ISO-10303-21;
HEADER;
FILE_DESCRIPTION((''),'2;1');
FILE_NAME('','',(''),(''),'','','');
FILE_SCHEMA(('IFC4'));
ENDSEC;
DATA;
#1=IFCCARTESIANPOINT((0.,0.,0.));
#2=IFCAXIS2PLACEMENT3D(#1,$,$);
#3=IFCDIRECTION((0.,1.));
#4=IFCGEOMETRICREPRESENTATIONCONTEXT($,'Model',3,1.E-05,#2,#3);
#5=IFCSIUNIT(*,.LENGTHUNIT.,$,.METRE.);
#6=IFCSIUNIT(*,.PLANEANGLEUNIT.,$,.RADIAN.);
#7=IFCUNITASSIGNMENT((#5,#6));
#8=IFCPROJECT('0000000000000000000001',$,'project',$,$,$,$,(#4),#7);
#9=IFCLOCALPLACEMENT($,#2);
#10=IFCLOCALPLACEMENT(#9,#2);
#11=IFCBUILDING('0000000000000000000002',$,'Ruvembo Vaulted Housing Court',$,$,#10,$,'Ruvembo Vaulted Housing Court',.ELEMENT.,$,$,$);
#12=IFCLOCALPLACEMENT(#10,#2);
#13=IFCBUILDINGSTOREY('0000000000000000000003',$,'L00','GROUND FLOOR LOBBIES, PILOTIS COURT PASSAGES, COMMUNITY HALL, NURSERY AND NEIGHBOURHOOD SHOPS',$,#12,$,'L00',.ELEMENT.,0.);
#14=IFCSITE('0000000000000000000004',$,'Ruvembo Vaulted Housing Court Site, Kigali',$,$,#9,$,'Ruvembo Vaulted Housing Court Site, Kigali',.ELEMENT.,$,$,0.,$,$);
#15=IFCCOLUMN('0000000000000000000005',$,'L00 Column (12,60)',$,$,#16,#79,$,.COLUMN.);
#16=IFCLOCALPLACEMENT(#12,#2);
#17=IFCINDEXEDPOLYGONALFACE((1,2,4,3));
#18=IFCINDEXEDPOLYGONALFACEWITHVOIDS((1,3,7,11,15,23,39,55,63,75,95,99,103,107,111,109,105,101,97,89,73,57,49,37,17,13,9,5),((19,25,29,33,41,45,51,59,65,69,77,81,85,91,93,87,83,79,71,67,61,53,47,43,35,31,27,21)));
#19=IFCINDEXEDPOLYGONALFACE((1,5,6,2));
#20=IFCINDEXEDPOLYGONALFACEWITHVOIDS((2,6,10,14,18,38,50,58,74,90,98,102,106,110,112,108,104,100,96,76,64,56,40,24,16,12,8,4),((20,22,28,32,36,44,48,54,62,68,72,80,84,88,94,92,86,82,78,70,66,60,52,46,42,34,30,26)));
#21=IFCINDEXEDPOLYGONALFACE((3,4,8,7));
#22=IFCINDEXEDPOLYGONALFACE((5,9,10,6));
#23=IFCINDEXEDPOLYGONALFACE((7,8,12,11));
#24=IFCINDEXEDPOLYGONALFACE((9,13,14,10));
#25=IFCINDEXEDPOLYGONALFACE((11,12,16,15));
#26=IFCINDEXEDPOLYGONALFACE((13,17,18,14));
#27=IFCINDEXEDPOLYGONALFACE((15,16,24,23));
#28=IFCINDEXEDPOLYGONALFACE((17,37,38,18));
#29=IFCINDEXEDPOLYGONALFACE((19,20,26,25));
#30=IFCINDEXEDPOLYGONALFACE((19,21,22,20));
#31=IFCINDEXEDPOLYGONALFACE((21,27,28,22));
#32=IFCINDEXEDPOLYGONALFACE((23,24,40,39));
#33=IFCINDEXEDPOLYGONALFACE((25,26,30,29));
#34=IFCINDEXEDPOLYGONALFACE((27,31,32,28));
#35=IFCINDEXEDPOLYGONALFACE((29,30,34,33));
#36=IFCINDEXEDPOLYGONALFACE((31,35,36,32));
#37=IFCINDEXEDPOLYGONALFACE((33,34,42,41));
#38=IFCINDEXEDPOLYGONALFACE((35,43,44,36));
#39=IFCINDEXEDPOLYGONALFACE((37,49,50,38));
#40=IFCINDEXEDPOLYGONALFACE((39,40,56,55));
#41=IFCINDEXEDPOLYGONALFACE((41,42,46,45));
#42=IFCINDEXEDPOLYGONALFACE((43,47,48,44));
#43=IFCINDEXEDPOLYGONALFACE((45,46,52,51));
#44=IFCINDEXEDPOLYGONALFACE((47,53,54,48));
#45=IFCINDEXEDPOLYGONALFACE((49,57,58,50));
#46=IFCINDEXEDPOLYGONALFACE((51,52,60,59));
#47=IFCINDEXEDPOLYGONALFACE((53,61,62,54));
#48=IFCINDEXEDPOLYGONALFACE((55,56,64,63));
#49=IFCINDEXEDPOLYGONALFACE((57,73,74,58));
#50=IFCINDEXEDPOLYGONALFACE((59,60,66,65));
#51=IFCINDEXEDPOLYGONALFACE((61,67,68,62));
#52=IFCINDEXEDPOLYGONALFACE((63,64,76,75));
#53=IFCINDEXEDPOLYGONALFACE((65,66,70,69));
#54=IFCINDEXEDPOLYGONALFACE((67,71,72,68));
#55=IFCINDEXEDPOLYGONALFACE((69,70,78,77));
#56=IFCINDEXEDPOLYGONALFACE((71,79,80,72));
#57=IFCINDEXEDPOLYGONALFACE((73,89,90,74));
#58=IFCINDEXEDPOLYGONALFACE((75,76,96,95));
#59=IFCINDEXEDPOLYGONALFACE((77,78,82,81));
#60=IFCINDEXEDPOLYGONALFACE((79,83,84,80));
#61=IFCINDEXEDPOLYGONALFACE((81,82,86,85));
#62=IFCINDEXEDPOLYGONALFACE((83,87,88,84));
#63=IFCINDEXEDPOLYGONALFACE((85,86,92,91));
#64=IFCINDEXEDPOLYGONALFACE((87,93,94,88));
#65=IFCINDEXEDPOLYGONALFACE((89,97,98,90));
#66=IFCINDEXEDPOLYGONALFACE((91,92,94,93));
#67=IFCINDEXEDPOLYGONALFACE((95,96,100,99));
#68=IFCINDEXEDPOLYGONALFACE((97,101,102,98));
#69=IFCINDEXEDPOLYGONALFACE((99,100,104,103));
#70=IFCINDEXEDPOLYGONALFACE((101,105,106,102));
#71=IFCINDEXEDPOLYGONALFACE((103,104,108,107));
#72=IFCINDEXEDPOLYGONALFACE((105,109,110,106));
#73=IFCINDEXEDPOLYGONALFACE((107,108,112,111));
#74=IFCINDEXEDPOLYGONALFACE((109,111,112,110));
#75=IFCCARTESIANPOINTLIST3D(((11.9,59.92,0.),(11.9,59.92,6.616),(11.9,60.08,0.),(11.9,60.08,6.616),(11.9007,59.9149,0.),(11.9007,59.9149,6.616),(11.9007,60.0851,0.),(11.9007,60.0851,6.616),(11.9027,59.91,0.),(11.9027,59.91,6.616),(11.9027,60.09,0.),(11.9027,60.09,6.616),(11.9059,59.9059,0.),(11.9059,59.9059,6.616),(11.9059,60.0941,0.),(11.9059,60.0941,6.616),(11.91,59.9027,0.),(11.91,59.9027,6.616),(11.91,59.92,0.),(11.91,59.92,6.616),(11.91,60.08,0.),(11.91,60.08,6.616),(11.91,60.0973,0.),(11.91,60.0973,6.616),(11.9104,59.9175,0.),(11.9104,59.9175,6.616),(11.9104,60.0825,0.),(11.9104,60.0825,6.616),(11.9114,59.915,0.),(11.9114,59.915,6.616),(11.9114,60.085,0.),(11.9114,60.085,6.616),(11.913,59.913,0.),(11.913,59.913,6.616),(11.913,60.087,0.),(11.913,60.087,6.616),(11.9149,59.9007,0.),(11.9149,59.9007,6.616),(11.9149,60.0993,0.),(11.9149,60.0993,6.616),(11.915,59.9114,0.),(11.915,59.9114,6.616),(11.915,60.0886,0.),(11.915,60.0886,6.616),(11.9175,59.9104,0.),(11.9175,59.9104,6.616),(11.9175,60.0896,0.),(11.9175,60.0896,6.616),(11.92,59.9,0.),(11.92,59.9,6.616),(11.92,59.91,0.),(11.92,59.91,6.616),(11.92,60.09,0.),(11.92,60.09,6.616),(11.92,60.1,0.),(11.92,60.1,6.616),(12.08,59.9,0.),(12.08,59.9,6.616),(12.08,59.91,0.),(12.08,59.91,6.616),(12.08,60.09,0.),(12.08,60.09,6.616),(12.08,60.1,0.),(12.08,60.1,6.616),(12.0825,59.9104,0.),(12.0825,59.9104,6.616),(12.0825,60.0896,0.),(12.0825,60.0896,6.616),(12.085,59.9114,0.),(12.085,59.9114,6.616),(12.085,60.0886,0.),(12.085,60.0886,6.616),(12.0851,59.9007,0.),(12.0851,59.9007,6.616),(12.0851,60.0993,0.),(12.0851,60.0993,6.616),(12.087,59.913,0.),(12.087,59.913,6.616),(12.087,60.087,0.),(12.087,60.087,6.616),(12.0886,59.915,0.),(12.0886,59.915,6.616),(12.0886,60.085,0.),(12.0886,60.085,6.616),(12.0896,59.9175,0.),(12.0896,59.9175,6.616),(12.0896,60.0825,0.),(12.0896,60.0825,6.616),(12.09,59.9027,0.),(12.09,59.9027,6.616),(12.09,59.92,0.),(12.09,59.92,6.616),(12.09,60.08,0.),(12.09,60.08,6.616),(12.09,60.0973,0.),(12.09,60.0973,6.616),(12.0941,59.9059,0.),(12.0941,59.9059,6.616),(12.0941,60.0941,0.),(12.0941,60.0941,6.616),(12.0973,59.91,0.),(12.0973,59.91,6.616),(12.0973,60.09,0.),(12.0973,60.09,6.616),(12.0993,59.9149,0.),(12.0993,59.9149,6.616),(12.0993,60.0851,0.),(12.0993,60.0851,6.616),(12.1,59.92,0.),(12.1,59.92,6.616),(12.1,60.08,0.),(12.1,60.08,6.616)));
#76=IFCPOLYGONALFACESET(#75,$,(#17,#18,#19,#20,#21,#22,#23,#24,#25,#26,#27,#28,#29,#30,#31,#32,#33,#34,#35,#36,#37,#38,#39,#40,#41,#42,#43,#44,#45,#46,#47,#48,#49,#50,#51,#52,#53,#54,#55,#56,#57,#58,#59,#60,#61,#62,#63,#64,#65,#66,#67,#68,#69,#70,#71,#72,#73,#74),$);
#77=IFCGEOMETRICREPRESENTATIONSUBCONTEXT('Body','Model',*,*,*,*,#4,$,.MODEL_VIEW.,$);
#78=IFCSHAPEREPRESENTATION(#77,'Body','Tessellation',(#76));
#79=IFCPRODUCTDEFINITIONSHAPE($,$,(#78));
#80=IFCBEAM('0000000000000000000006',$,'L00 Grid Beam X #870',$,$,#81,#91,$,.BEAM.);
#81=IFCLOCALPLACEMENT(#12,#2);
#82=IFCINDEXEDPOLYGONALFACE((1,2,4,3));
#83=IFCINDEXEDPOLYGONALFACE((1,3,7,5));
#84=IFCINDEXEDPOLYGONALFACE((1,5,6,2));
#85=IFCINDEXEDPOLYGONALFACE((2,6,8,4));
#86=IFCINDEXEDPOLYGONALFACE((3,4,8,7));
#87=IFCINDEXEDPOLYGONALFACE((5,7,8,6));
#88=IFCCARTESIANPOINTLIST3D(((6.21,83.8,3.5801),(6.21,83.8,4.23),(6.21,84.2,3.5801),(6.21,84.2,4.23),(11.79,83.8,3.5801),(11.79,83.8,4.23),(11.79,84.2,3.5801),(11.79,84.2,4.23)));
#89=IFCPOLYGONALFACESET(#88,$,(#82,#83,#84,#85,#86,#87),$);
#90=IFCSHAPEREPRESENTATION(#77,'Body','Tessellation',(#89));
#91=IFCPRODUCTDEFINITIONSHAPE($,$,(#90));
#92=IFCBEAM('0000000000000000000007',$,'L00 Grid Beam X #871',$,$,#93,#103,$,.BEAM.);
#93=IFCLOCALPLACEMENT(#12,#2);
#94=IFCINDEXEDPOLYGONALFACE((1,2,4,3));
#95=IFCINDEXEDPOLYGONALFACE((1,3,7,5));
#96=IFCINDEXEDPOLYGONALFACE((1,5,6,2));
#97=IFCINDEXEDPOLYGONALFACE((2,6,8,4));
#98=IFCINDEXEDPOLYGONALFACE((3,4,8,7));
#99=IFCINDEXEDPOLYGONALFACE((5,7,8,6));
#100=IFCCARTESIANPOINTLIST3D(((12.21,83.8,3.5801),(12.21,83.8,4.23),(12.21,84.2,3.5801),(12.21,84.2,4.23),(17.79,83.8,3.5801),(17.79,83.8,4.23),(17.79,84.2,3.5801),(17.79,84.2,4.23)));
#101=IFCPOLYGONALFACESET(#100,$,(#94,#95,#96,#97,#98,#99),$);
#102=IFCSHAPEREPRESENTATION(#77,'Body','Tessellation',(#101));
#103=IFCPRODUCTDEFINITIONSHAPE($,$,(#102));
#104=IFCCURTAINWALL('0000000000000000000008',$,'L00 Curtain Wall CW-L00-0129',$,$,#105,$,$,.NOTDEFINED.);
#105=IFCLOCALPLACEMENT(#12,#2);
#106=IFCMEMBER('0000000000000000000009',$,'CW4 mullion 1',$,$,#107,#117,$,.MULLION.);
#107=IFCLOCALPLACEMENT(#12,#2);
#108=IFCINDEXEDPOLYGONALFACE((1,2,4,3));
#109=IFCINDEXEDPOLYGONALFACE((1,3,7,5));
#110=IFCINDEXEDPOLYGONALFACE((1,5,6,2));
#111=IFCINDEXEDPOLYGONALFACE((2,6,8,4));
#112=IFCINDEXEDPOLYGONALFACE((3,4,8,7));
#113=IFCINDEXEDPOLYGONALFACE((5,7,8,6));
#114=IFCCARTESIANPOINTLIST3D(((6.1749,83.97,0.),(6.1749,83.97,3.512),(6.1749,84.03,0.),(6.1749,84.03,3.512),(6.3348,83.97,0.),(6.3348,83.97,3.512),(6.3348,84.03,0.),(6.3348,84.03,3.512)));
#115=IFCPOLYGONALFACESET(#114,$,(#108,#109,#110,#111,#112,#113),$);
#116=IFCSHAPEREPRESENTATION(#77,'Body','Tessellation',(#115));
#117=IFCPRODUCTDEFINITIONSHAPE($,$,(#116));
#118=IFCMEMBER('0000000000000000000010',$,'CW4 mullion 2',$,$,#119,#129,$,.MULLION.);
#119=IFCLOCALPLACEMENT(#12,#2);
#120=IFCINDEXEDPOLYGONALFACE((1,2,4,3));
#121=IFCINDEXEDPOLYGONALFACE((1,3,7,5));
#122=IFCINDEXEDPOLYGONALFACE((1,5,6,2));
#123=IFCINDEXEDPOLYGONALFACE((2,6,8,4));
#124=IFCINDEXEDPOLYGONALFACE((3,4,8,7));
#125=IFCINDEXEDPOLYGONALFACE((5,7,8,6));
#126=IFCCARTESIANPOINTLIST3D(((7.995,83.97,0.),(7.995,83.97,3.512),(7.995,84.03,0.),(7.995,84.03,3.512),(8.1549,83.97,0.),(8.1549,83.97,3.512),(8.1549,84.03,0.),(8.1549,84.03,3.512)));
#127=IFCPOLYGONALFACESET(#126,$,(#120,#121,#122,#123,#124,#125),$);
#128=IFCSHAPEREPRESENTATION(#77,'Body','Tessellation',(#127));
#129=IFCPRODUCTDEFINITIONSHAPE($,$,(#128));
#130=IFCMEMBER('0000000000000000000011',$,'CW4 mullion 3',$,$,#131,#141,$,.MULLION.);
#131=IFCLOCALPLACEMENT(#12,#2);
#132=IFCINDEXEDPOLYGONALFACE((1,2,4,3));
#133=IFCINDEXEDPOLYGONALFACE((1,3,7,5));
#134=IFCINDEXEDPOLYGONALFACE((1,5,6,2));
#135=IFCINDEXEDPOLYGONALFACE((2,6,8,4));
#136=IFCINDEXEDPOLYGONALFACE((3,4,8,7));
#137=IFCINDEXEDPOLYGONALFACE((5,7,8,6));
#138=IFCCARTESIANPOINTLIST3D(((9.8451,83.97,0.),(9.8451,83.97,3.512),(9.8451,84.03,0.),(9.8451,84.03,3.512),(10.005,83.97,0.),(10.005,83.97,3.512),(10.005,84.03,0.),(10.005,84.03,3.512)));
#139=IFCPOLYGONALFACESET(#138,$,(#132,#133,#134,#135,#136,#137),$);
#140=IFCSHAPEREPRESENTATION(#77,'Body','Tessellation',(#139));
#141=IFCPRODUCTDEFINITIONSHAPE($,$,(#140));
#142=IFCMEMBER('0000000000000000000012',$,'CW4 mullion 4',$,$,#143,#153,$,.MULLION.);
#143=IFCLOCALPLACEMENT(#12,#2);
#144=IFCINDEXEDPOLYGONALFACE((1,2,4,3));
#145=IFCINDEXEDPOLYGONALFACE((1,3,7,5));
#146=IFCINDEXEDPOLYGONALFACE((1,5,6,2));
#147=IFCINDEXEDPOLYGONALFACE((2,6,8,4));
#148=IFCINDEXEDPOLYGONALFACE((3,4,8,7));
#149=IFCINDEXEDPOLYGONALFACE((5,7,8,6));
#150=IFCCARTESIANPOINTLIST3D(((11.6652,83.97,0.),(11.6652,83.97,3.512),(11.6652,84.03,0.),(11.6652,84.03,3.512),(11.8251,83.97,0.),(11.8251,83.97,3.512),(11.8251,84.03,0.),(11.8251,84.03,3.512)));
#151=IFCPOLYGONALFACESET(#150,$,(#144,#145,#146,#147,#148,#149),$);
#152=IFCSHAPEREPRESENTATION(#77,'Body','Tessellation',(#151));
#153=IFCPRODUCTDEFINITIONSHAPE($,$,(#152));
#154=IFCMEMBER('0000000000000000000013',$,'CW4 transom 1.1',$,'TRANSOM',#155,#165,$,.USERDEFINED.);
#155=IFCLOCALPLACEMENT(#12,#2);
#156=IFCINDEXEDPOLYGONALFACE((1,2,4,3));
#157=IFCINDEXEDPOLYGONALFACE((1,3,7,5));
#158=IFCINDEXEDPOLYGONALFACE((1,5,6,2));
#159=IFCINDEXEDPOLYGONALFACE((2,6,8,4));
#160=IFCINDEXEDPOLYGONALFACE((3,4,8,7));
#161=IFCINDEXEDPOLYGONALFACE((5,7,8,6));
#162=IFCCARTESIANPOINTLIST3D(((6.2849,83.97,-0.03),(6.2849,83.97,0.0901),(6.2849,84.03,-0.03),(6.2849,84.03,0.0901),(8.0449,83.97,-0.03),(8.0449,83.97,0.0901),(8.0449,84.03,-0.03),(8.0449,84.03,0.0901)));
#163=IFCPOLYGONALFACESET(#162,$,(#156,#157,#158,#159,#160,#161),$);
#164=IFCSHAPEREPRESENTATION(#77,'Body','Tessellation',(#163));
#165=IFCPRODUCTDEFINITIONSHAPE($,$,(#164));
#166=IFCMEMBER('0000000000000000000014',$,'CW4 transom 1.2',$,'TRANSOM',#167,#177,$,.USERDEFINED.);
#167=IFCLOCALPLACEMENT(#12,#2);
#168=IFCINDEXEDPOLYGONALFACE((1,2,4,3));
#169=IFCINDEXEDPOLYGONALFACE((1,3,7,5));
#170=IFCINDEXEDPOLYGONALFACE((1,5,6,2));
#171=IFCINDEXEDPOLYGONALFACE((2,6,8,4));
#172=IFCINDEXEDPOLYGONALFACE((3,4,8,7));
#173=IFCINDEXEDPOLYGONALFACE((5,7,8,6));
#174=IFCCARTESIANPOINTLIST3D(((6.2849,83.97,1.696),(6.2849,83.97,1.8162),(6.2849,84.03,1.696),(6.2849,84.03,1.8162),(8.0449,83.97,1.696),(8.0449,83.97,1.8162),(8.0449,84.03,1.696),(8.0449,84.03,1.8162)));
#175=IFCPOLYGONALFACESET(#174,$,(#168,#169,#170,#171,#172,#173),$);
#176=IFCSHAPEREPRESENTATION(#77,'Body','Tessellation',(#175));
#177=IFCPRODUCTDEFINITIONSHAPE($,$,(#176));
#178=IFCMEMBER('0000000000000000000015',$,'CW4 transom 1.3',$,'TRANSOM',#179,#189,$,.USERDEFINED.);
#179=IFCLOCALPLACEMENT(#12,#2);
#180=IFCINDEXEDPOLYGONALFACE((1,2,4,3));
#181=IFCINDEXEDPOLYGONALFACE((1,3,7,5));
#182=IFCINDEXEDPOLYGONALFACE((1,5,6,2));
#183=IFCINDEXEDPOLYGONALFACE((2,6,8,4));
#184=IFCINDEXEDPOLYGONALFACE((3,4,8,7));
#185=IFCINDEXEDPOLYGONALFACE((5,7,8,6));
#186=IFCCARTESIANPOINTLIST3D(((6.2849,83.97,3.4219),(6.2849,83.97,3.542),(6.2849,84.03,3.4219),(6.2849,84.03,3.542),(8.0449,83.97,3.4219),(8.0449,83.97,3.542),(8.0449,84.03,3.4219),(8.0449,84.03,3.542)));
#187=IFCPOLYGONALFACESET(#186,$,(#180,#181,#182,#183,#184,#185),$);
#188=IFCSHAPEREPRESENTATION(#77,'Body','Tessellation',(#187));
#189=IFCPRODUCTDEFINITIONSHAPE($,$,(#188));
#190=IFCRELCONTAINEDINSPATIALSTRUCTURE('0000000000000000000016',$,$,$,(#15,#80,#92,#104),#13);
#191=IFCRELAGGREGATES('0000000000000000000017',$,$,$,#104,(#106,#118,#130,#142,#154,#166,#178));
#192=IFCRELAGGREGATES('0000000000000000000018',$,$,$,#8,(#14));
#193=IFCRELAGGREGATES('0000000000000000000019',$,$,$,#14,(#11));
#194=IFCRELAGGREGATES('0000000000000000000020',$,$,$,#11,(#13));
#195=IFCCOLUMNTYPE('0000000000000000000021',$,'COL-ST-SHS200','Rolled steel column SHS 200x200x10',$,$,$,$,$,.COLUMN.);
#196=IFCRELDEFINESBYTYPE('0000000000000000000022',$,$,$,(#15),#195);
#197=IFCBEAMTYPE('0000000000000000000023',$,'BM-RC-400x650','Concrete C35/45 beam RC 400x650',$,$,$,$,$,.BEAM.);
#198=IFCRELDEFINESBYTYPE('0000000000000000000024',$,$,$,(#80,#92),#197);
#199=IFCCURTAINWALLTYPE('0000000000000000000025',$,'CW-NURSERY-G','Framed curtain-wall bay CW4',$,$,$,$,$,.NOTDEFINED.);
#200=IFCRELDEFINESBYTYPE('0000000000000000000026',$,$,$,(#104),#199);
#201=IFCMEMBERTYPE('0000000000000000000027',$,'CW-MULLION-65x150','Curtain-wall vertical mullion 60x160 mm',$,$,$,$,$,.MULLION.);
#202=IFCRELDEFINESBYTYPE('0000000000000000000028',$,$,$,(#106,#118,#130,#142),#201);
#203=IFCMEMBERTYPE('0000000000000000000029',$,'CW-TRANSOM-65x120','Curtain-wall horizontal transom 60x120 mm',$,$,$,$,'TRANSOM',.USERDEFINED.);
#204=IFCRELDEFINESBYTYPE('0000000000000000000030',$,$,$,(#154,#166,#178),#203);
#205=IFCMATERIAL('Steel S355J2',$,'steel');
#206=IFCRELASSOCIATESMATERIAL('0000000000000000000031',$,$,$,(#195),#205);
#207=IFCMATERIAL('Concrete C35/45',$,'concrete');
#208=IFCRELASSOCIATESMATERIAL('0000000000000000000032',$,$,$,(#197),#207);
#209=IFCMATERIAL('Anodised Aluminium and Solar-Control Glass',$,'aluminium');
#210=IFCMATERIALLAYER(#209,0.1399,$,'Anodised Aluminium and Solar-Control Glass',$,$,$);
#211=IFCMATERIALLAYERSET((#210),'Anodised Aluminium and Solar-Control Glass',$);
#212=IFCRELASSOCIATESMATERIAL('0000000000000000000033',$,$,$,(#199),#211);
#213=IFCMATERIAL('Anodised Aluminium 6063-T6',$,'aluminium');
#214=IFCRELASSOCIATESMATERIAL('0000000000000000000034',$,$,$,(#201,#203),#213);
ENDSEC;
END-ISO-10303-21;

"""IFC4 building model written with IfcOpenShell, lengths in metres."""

from ifc_helpers import new_model, si_unit, direction, frame, origin, origin_2d, place, context, subcontext, project, spatial, rectangle, hollow_rectangle, extrude, material, layer, layer_set, material_profile, profile_set, type_object, element, aggregate, save


model = new_model("IFC4")

# Units and contexts
model_context = context("Model", 3, precision=1e-05, world=origin(), true_north=direction((0.0, 1.0)))
body_context = subcontext(model_context, "Body", "Model", "MODEL_VIEW")
ifc_project = project(units=[si_unit("LENGTHUNIT", "METRE"), si_unit("PLANEANGLEUNIT", "RADIAN")], contexts=[model_context])

# Site, building, storey
site_placement = place(None, origin())
site = spatial("IfcSite", under=ifc_project, at=site_placement, Name="Ruvembo Vaulted Housing Court Site, Kigali", LongName="Ruvembo Vaulted Housing Court Site, Kigali", CompositionType="ELEMENT", RefElevation=0.0)
building_placement = place(site_placement, origin())
building = spatial("IfcBuilding", under=site, at=building_placement, Name="Ruvembo Vaulted Housing Court", LongName="Ruvembo Vaulted Housing Court", CompositionType="ELEMENT")
storey_placement = place(building_placement, origin())
storey = spatial("IfcBuildingStorey", under=building, at=storey_placement, Name="L00", Description="GROUND FLOOR LOBBIES, PILOTIS COURT PASSAGES, COMMUNITY HALL, NURSERY AND NEIGHBOURHOOD SHOPS", LongName="L00", CompositionType="ELEMENT", Elevation=0.0)

# Column
ifc_material_1 = material(Name="Concrete C35/45", Category="concrete")
ifc_material_2 = material(Name="Steel S355J2", Category="steel")
ifc_material_profile_1 = material_profile(ifc_material_2, hollow_rectangle(XDim=0.2, YDim=0.2, WallThickness=0.01, InnerFilletRadius=0.01, OuterFilletRadius=0.02, at=origin_2d()), Name="SHS 200x200x10")
ifc_profile_set_1 = profile_set([ifc_material_profile_1], Name="Steel S355J2")
column_type_1 = type_object("IfcColumnType", Name="COL-ST-SHS200", Description="Rolled steel column SHS 200x200x10", PredefinedType="COLUMN", material=ifc_profile_set_1)
for number, where, z_axis, x_axis, name in (
    (1, (12.0, 60.0, 0.0), (0.0, 0.0, 1.0), (1.0, 0.0, 0.0), "L00 Column (12,60)"),
):
    element("IfcColumn", number, at=place(storey_placement, frame(where, z_axis=z_axis, x_axis=x_axis)), inside=storey, type_object=column_type_1, Name=name, PredefinedType="COLUMN", context=body_context, shape_type="SweptSolid", body=[
        extrude(hollow_rectangle(XDim=0.2, YDim=0.2, WallThickness=0.01, InnerFilletRadius=0.01, OuterFilletRadius=0.02, at=origin_2d()), origin(), (0.0, 0.0, 1.0), 6.616),
    ])

# Beams
ifc_material_profile_2 = material_profile(ifc_material_1, rectangle(XDim=0.3999, YDim=0.6499, at=origin_2d()), Name="RC 400x650")
ifc_profile_set_2 = profile_set([ifc_material_profile_2], Name="Concrete C35/45")
beam_type = type_object("IfcBeamType", Name="BM-RC-400x650", Description="Concrete C35/45 beam RC 400x650", PredefinedType="BEAM", material=ifc_profile_set_2)
for number, where, z_axis, x_axis, name in (
    (2, (6.21, 84.0, 3.905), (1.0, 0.0, 0.0), (0.0, 1.0, 0.0), "L00 Grid Beam X #870"),
    (3, (12.21, 84.0, 3.905), (1.0, 0.0, 0.0), (0.0, 1.0, 0.0), "L00 Grid Beam X #871"),
):
    element("IfcBeam", number, at=place(storey_placement, frame(where, z_axis=z_axis, x_axis=x_axis)), inside=storey, type_object=beam_type, Name=name, PredefinedType="BEAM", context=body_context, shape_type="SweptSolid", body=[
        extrude(rectangle(XDim=0.3999, YDim=0.6499, at=origin_2d()), origin(), (0.0, 0.0, 1.0), 5.5801),
    ])

# Curtain wall, members
ifc_material_3 = material(Name="Anodised Aluminium and Solar-Control Glass", Category="aluminium")
ifc_layer_1 = layer(ifc_material_3, 0.1399, Name="Anodised Aluminium and Solar-Control Glass")
ifc_layer_set_1 = layer_set([ifc_layer_1], Name="Anodised Aluminium and Solar-Control Glass")
curtain_wall_type = type_object("IfcCurtainWallType", Name="CW-NURSERY-G", Description="Framed curtain-wall bay CW4", PredefinedType="NOTDEFINED", material=ifc_layer_set_1)
curtain_wall_placement = place(storey_placement, origin())
curtain_wall = element("IfcCurtainWall", 4, at=curtain_wall_placement, inside=storey, type_object=curtain_wall_type, Name="L00 Curtain Wall CW-L00-0129", PredefinedType="NOTDEFINED")
ifc_material_4 = material(Name="Anodised Aluminium 6063-T6", Category="aluminium")
ifc_material_profile_3 = material_profile(ifc_material_4, rectangle(XDim=0.0601, YDim=0.1599, at=origin_2d()), Name="ALU 60x160")
ifc_profile_set_3 = profile_set([ifc_material_profile_3], Name="Anodised Aluminium 6063-T6")
member_type_1 = type_object("IfcMemberType", Name="CW-MULLION-65x150", Description="Curtain-wall vertical mullion 60x160 mm", PredefinedType="MULLION", material=ifc_profile_set_3)
member_1_placement = place(storey_placement, frame((6.2549, 84.0, 0.0), z_axis=(0.0, 0.0, 1.0), x_axis=(0.0, 1.0, 0.0)))
member_1 = element("IfcMember", 5, at=member_1_placement, type_object=member_type_1, Name="CW4 mullion 1", PredefinedType="MULLION", context=body_context, shape_type="SweptSolid", body=[
    extrude(rectangle(XDim=0.0601, YDim=0.1599, at=origin_2d()), origin(), (0.0, 0.0, 1.0), 3.512),
])
member_2_placement = place(storey_placement, frame((8.075, 84.0, 0.0), z_axis=(0.0, 0.0, 1.0), x_axis=(0.0, 1.0, 0.0)))
member_2 = element("IfcMember", 6, at=member_2_placement, type_object=member_type_1, Name="CW4 mullion 2", PredefinedType="MULLION", context=body_context, shape_type="SweptSolid", body=[
    extrude(rectangle(XDim=0.0601, YDim=0.1599, at=origin_2d()), origin(), (0.0, 0.0, 1.0), 3.512),
])
member_3_placement = place(storey_placement, frame((9.925, 84.0, 0.0), z_axis=(0.0, 0.0, 1.0), x_axis=(0.0, 1.0, 0.0)))
member_3 = element("IfcMember", 7, at=member_3_placement, type_object=member_type_1, Name="CW4 mullion 3", PredefinedType="MULLION", context=body_context, shape_type="SweptSolid", body=[
    extrude(rectangle(XDim=0.0601, YDim=0.1599, at=origin_2d()), origin(), (0.0, 0.0, 1.0), 3.512),
])
member_4_placement = place(storey_placement, frame((11.7451, 84.0, 0.0), z_axis=(0.0, 0.0, 1.0), x_axis=(0.0, 1.0, 0.0)))
member_4 = element("IfcMember", 8, at=member_4_placement, type_object=member_type_1, Name="CW4 mullion 4", PredefinedType="MULLION", context=body_context, shape_type="SweptSolid", body=[
    extrude(rectangle(XDim=0.0601, YDim=0.1599, at=origin_2d()), origin(), (0.0, 0.0, 1.0), 3.512),
])
ifc_material_profile_4 = material_profile(ifc_material_4, rectangle(XDim=0.0601, YDim=0.1201, at=origin_2d()), Name="ALU 60x120")
ifc_profile_set_4 = profile_set([ifc_material_profile_4], Name="Anodised Aluminium 6063-T6")
member_type_2 = type_object("IfcMemberType", Name="CW-TRANSOM-65x120", Description="Curtain-wall horizontal transom 60x120 mm", ElementType="TRANSOM", PredefinedType="USERDEFINED", material=ifc_profile_set_4)
member_5_placement = place(storey_placement, frame((6.2849, 84.0, 0.03), z_axis=(1.0, 0.0, 0.0), x_axis=(0.0, 1.0, 0.0)))
member_5 = element("IfcMember", 9, at=member_5_placement, type_object=member_type_2, Name="CW4 transom 1.1", ObjectType="TRANSOM", PredefinedType="USERDEFINED", context=body_context, shape_type="SweptSolid", body=[
    extrude(rectangle(XDim=0.0601, YDim=0.1201, at=origin_2d()), origin(), (0.0, 0.0, 1.0), 1.76),
])
member_6_placement = place(storey_placement, frame((6.2849, 84.0, 1.7561), z_axis=(1.0, 0.0, 0.0), x_axis=(0.0, 1.0, 0.0)))
member_6 = element("IfcMember", 10, at=member_6_placement, type_object=member_type_2, Name="CW4 transom 1.2", ObjectType="TRANSOM", PredefinedType="USERDEFINED", context=body_context, shape_type="SweptSolid", body=[
    extrude(rectangle(XDim=0.0601, YDim=0.1201, at=origin_2d()), origin(), (0.0, 0.0, 1.0), 1.76),
])
member_7_placement = place(storey_placement, frame((6.2849, 84.0, 3.4819), z_axis=(1.0, 0.0, 0.0), x_axis=(0.0, 1.0, 0.0)))
member_7 = element("IfcMember", 11, at=member_7_placement, type_object=member_type_2, Name="CW4 transom 1.3", ObjectType="TRANSOM", PredefinedType="USERDEFINED", context=body_context, shape_type="SweptSolid", body=[
    extrude(rectangle(XDim=0.0601, YDim=0.1201, at=origin_2d()), origin(), (0.0, 0.0, 1.0), 1.76),
])
aggregate(curtain_wall, [member_1, member_2, member_3, member_4, member_5, member_6, member_7])

save(model, "model.ifc")
